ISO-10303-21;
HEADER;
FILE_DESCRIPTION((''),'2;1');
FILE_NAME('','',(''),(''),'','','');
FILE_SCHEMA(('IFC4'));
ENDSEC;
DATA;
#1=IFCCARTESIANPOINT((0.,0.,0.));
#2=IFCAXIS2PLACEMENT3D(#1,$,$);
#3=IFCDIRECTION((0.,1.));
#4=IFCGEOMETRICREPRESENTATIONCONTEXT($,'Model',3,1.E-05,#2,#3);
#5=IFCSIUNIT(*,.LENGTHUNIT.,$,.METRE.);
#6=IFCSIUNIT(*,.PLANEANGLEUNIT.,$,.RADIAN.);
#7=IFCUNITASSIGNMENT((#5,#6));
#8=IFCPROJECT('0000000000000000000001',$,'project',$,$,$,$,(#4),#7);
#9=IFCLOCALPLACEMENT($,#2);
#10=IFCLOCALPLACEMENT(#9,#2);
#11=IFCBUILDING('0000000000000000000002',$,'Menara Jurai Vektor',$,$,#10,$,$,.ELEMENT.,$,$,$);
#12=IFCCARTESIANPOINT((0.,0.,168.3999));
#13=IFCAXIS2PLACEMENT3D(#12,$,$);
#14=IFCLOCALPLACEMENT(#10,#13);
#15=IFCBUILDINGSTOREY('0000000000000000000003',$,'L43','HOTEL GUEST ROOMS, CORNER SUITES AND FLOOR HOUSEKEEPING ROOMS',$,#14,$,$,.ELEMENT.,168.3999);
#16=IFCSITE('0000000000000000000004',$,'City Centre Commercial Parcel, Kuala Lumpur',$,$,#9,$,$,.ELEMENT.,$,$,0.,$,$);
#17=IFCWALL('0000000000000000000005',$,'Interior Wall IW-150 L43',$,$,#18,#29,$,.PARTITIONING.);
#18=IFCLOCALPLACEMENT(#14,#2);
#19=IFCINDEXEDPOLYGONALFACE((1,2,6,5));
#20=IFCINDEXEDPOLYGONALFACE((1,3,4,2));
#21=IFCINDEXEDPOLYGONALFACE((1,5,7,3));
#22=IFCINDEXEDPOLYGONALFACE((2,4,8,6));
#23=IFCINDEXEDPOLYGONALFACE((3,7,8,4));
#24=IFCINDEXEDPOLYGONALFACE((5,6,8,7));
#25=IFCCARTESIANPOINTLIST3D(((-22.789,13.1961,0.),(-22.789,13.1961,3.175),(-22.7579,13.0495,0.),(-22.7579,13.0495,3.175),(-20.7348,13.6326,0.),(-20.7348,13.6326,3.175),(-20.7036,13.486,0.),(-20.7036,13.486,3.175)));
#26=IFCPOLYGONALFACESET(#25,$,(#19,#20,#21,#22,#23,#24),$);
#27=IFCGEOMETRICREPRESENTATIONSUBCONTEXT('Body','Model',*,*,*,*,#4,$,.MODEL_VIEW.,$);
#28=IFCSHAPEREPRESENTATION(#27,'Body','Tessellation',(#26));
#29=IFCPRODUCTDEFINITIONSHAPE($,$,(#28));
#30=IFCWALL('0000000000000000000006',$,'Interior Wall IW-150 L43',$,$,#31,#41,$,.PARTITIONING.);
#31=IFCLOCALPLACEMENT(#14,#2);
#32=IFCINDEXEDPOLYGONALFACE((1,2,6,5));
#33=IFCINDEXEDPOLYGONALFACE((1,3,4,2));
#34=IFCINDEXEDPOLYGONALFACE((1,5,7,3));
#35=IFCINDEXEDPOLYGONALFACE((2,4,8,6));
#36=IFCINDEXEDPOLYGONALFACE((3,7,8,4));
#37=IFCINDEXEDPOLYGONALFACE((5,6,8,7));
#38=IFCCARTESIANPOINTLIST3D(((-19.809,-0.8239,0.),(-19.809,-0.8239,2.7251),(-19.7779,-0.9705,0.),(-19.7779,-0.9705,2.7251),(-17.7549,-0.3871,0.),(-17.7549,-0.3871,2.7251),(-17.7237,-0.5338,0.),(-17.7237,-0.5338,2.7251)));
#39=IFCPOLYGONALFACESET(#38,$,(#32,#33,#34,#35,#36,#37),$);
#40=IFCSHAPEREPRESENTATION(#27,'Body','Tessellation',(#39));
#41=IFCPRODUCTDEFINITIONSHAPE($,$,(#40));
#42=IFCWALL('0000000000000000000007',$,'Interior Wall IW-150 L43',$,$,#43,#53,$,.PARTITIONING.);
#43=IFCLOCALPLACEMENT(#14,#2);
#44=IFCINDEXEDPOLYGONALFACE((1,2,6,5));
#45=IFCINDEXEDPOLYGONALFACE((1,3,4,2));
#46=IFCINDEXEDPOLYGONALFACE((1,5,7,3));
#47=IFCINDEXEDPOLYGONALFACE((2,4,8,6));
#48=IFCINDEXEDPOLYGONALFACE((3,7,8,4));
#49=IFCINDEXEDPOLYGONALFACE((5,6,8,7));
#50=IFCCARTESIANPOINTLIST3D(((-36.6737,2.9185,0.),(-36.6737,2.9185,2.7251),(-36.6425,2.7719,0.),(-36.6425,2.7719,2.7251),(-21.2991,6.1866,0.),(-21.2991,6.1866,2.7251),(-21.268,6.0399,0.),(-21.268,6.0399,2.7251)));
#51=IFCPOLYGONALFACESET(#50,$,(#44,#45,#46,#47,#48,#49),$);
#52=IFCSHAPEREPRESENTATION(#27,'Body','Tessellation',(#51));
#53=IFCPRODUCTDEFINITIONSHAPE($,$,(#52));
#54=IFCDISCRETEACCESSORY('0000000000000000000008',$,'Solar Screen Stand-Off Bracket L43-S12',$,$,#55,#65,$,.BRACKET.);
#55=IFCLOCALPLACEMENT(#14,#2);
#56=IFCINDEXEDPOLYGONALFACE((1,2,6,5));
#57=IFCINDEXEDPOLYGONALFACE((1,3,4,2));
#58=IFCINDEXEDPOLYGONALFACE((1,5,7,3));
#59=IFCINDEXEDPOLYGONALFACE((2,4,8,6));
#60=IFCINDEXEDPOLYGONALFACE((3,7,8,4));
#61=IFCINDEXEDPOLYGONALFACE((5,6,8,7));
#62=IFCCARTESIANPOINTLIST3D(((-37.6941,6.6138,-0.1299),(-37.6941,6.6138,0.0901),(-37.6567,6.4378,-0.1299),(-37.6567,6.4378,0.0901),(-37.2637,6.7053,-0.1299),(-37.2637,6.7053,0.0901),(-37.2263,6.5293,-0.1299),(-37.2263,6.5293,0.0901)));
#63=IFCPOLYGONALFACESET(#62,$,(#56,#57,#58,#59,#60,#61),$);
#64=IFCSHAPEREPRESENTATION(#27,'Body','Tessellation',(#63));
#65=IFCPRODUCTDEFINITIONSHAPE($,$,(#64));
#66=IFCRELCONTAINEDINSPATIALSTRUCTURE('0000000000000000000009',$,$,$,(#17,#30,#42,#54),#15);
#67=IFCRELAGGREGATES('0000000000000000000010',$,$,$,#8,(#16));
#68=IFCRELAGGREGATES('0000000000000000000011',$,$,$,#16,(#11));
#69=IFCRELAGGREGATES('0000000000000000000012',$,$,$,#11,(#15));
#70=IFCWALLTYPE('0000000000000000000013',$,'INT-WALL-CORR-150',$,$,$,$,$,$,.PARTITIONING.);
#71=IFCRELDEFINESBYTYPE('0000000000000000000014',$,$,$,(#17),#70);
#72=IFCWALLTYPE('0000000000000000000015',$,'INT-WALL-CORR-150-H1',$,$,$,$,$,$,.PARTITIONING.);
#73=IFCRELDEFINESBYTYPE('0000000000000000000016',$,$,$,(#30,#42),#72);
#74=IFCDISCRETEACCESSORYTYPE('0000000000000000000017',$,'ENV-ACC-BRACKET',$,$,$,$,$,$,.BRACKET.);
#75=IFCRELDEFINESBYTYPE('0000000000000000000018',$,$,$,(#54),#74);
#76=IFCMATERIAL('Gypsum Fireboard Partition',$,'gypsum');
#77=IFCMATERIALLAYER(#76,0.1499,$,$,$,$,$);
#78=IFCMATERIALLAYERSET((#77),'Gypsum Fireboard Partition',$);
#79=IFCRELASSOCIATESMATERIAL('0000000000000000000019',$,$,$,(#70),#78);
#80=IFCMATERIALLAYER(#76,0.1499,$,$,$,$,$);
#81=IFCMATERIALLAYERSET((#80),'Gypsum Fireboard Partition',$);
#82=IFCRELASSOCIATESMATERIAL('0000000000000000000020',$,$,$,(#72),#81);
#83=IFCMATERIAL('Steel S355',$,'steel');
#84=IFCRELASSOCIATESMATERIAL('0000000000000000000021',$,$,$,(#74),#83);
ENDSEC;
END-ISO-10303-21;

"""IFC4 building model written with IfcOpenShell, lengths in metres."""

from ifc_helpers import new_model, si_unit, direction, frame, frame_2d, origin, origin_2d, place, context, subcontext, project, spatial, rectangle, extrude, material, layer, layer_set, type_object, element, save


model = new_model("IFC4")

# Units and contexts
model_context = context("Model", 3, precision=1e-05, world=origin(), true_north=direction((0.0, 1.0)))
body_context = subcontext(model_context, "Body", "Model", "MODEL_VIEW")
ifc_project = project(units=[si_unit("LENGTHUNIT", "METRE"), si_unit("PLANEANGLEUNIT", "RADIAN")], contexts=[model_context])

# Site, building, storey
site_placement = place(None, origin())
site = spatial("IfcSite", under=ifc_project, at=site_placement, Name="City Centre Commercial Parcel, Kuala Lumpur", CompositionType="ELEMENT", RefElevation=0.0)
building_placement = place(site_placement, origin())
building = spatial("IfcBuilding", under=site, at=building_placement, Name="Menara Jurai Vektor", CompositionType="ELEMENT")
storey_placement = place(building_placement, frame((0.0, 0.0, 168.3999)))
storey = spatial("IfcBuildingStorey", under=building, at=storey_placement, Name="L43", Description="HOTEL GUEST ROOMS, CORNER SUITES AND FLOOR HOUSEKEEPING ROOMS", CompositionType="ELEMENT", Elevation=168.3999)

# Shared definitions
ifc_material_1 = material(Name="Steel S355", Category="steel")

# Shared definitions
ifc_material_2 = material(Name="Gypsum Fireboard Partition", Category="gypsum")
ifc_layer_1 = layer(ifc_material_2, 0.1499)
ifc_layer_set_1 = layer_set([ifc_layer_1], Name="Gypsum Fireboard Partition")
wall_type_1 = type_object("IfcWallType", Name="INT-WALL-CORR-150", PredefinedType="PARTITIONING", material=ifc_layer_set_1)

# Wall
wall_1_placement = place(storey_placement, frame((-22.7734, 13.1228, 0.0), z_axis=(0.0, 0.0, 1.0), x_axis=(0.978158, 0.207862, 0.0)))
element("IfcWall", 1, at=wall_1_placement, inside=storey, type_object=wall_type_1, Name="Interior Wall IW-150 L43", PredefinedType="PARTITIONING", context=body_context, shape_type="SweptSolid", body=[
    extrude(rectangle(XDim=2.1001, YDim=0.1499, at=frame_2d((1.05, 0.0))), origin(), (0.0, 0.0, 1.0), 3.175),
])

# Walls
ifc_layer_2 = layer(ifc_material_2, 0.1499)
ifc_layer_set_2 = layer_set([ifc_layer_2], Name="Gypsum Fireboard Partition")
wall_type_2 = type_object("IfcWallType", Name="INT-WALL-CORR-150-H1", PredefinedType="PARTITIONING", material=ifc_layer_set_2)
wall_2_placement = place(storey_placement, frame((-19.7935, -0.8972, 0.0), z_axis=(0.0, 0.0, 1.0), x_axis=(0.978135, 0.207973, 0.0)))
element("IfcWall", 2, at=wall_2_placement, inside=storey, type_object=wall_type_2, Name="Interior Wall IW-150 L43", PredefinedType="PARTITIONING", context=body_context, shape_type="SweptSolid", body=[
    extrude(rectangle(XDim=2.1001, YDim=0.1499, at=frame_2d((1.05, 0.0))), origin(), (0.0, 0.0, 1.0), 2.7251),
])
wall_3_placement = place(storey_placement, frame((-36.658, 2.8452, 0.0), z_axis=(0.0, 0.0, 1.0), x_axis=(0.978146, 0.207919, 0.0)))
element("IfcWall", 3, at=wall_3_placement, inside=storey, type_object=wall_type_2, Name="Interior Wall IW-150 L43", PredefinedType="PARTITIONING", context=body_context, shape_type="SweptSolid", body=[
    extrude(rectangle(XDim=15.718, YDim=0.1499, at=frame_2d((7.8589, 0.0))), origin(), (0.0, 0.0, 1.0), 2.7251),
])

# Discrete accessory
discrete_accessory_type = type_object("IfcDiscreteAccessoryType", Name="ENV-ACC-BRACKET", PredefinedType="BRACKET", material=ifc_material_1)
discrete_accessory_placement = place(storey_placement, frame((-37.4602, 6.5715, -0.1299), z_axis=(0.0, 0.0, 1.0), x_axis=(0.207912, -0.978148, 0.0)))
element("IfcDiscreteAccessory", 4, at=discrete_accessory_placement, inside=storey, type_object=discrete_accessory_type, Name="Solar Screen Stand-Off Bracket L43-S12", PredefinedType="BRACKET", context=body_context, shape_type="SweptSolid", body=[
    extrude(rectangle(XDim=0.1799, YDim=0.4399, at=origin_2d()), origin(), (0.0, 0.0, 1.0), 0.22),
])

save(model, "model.ifc")
